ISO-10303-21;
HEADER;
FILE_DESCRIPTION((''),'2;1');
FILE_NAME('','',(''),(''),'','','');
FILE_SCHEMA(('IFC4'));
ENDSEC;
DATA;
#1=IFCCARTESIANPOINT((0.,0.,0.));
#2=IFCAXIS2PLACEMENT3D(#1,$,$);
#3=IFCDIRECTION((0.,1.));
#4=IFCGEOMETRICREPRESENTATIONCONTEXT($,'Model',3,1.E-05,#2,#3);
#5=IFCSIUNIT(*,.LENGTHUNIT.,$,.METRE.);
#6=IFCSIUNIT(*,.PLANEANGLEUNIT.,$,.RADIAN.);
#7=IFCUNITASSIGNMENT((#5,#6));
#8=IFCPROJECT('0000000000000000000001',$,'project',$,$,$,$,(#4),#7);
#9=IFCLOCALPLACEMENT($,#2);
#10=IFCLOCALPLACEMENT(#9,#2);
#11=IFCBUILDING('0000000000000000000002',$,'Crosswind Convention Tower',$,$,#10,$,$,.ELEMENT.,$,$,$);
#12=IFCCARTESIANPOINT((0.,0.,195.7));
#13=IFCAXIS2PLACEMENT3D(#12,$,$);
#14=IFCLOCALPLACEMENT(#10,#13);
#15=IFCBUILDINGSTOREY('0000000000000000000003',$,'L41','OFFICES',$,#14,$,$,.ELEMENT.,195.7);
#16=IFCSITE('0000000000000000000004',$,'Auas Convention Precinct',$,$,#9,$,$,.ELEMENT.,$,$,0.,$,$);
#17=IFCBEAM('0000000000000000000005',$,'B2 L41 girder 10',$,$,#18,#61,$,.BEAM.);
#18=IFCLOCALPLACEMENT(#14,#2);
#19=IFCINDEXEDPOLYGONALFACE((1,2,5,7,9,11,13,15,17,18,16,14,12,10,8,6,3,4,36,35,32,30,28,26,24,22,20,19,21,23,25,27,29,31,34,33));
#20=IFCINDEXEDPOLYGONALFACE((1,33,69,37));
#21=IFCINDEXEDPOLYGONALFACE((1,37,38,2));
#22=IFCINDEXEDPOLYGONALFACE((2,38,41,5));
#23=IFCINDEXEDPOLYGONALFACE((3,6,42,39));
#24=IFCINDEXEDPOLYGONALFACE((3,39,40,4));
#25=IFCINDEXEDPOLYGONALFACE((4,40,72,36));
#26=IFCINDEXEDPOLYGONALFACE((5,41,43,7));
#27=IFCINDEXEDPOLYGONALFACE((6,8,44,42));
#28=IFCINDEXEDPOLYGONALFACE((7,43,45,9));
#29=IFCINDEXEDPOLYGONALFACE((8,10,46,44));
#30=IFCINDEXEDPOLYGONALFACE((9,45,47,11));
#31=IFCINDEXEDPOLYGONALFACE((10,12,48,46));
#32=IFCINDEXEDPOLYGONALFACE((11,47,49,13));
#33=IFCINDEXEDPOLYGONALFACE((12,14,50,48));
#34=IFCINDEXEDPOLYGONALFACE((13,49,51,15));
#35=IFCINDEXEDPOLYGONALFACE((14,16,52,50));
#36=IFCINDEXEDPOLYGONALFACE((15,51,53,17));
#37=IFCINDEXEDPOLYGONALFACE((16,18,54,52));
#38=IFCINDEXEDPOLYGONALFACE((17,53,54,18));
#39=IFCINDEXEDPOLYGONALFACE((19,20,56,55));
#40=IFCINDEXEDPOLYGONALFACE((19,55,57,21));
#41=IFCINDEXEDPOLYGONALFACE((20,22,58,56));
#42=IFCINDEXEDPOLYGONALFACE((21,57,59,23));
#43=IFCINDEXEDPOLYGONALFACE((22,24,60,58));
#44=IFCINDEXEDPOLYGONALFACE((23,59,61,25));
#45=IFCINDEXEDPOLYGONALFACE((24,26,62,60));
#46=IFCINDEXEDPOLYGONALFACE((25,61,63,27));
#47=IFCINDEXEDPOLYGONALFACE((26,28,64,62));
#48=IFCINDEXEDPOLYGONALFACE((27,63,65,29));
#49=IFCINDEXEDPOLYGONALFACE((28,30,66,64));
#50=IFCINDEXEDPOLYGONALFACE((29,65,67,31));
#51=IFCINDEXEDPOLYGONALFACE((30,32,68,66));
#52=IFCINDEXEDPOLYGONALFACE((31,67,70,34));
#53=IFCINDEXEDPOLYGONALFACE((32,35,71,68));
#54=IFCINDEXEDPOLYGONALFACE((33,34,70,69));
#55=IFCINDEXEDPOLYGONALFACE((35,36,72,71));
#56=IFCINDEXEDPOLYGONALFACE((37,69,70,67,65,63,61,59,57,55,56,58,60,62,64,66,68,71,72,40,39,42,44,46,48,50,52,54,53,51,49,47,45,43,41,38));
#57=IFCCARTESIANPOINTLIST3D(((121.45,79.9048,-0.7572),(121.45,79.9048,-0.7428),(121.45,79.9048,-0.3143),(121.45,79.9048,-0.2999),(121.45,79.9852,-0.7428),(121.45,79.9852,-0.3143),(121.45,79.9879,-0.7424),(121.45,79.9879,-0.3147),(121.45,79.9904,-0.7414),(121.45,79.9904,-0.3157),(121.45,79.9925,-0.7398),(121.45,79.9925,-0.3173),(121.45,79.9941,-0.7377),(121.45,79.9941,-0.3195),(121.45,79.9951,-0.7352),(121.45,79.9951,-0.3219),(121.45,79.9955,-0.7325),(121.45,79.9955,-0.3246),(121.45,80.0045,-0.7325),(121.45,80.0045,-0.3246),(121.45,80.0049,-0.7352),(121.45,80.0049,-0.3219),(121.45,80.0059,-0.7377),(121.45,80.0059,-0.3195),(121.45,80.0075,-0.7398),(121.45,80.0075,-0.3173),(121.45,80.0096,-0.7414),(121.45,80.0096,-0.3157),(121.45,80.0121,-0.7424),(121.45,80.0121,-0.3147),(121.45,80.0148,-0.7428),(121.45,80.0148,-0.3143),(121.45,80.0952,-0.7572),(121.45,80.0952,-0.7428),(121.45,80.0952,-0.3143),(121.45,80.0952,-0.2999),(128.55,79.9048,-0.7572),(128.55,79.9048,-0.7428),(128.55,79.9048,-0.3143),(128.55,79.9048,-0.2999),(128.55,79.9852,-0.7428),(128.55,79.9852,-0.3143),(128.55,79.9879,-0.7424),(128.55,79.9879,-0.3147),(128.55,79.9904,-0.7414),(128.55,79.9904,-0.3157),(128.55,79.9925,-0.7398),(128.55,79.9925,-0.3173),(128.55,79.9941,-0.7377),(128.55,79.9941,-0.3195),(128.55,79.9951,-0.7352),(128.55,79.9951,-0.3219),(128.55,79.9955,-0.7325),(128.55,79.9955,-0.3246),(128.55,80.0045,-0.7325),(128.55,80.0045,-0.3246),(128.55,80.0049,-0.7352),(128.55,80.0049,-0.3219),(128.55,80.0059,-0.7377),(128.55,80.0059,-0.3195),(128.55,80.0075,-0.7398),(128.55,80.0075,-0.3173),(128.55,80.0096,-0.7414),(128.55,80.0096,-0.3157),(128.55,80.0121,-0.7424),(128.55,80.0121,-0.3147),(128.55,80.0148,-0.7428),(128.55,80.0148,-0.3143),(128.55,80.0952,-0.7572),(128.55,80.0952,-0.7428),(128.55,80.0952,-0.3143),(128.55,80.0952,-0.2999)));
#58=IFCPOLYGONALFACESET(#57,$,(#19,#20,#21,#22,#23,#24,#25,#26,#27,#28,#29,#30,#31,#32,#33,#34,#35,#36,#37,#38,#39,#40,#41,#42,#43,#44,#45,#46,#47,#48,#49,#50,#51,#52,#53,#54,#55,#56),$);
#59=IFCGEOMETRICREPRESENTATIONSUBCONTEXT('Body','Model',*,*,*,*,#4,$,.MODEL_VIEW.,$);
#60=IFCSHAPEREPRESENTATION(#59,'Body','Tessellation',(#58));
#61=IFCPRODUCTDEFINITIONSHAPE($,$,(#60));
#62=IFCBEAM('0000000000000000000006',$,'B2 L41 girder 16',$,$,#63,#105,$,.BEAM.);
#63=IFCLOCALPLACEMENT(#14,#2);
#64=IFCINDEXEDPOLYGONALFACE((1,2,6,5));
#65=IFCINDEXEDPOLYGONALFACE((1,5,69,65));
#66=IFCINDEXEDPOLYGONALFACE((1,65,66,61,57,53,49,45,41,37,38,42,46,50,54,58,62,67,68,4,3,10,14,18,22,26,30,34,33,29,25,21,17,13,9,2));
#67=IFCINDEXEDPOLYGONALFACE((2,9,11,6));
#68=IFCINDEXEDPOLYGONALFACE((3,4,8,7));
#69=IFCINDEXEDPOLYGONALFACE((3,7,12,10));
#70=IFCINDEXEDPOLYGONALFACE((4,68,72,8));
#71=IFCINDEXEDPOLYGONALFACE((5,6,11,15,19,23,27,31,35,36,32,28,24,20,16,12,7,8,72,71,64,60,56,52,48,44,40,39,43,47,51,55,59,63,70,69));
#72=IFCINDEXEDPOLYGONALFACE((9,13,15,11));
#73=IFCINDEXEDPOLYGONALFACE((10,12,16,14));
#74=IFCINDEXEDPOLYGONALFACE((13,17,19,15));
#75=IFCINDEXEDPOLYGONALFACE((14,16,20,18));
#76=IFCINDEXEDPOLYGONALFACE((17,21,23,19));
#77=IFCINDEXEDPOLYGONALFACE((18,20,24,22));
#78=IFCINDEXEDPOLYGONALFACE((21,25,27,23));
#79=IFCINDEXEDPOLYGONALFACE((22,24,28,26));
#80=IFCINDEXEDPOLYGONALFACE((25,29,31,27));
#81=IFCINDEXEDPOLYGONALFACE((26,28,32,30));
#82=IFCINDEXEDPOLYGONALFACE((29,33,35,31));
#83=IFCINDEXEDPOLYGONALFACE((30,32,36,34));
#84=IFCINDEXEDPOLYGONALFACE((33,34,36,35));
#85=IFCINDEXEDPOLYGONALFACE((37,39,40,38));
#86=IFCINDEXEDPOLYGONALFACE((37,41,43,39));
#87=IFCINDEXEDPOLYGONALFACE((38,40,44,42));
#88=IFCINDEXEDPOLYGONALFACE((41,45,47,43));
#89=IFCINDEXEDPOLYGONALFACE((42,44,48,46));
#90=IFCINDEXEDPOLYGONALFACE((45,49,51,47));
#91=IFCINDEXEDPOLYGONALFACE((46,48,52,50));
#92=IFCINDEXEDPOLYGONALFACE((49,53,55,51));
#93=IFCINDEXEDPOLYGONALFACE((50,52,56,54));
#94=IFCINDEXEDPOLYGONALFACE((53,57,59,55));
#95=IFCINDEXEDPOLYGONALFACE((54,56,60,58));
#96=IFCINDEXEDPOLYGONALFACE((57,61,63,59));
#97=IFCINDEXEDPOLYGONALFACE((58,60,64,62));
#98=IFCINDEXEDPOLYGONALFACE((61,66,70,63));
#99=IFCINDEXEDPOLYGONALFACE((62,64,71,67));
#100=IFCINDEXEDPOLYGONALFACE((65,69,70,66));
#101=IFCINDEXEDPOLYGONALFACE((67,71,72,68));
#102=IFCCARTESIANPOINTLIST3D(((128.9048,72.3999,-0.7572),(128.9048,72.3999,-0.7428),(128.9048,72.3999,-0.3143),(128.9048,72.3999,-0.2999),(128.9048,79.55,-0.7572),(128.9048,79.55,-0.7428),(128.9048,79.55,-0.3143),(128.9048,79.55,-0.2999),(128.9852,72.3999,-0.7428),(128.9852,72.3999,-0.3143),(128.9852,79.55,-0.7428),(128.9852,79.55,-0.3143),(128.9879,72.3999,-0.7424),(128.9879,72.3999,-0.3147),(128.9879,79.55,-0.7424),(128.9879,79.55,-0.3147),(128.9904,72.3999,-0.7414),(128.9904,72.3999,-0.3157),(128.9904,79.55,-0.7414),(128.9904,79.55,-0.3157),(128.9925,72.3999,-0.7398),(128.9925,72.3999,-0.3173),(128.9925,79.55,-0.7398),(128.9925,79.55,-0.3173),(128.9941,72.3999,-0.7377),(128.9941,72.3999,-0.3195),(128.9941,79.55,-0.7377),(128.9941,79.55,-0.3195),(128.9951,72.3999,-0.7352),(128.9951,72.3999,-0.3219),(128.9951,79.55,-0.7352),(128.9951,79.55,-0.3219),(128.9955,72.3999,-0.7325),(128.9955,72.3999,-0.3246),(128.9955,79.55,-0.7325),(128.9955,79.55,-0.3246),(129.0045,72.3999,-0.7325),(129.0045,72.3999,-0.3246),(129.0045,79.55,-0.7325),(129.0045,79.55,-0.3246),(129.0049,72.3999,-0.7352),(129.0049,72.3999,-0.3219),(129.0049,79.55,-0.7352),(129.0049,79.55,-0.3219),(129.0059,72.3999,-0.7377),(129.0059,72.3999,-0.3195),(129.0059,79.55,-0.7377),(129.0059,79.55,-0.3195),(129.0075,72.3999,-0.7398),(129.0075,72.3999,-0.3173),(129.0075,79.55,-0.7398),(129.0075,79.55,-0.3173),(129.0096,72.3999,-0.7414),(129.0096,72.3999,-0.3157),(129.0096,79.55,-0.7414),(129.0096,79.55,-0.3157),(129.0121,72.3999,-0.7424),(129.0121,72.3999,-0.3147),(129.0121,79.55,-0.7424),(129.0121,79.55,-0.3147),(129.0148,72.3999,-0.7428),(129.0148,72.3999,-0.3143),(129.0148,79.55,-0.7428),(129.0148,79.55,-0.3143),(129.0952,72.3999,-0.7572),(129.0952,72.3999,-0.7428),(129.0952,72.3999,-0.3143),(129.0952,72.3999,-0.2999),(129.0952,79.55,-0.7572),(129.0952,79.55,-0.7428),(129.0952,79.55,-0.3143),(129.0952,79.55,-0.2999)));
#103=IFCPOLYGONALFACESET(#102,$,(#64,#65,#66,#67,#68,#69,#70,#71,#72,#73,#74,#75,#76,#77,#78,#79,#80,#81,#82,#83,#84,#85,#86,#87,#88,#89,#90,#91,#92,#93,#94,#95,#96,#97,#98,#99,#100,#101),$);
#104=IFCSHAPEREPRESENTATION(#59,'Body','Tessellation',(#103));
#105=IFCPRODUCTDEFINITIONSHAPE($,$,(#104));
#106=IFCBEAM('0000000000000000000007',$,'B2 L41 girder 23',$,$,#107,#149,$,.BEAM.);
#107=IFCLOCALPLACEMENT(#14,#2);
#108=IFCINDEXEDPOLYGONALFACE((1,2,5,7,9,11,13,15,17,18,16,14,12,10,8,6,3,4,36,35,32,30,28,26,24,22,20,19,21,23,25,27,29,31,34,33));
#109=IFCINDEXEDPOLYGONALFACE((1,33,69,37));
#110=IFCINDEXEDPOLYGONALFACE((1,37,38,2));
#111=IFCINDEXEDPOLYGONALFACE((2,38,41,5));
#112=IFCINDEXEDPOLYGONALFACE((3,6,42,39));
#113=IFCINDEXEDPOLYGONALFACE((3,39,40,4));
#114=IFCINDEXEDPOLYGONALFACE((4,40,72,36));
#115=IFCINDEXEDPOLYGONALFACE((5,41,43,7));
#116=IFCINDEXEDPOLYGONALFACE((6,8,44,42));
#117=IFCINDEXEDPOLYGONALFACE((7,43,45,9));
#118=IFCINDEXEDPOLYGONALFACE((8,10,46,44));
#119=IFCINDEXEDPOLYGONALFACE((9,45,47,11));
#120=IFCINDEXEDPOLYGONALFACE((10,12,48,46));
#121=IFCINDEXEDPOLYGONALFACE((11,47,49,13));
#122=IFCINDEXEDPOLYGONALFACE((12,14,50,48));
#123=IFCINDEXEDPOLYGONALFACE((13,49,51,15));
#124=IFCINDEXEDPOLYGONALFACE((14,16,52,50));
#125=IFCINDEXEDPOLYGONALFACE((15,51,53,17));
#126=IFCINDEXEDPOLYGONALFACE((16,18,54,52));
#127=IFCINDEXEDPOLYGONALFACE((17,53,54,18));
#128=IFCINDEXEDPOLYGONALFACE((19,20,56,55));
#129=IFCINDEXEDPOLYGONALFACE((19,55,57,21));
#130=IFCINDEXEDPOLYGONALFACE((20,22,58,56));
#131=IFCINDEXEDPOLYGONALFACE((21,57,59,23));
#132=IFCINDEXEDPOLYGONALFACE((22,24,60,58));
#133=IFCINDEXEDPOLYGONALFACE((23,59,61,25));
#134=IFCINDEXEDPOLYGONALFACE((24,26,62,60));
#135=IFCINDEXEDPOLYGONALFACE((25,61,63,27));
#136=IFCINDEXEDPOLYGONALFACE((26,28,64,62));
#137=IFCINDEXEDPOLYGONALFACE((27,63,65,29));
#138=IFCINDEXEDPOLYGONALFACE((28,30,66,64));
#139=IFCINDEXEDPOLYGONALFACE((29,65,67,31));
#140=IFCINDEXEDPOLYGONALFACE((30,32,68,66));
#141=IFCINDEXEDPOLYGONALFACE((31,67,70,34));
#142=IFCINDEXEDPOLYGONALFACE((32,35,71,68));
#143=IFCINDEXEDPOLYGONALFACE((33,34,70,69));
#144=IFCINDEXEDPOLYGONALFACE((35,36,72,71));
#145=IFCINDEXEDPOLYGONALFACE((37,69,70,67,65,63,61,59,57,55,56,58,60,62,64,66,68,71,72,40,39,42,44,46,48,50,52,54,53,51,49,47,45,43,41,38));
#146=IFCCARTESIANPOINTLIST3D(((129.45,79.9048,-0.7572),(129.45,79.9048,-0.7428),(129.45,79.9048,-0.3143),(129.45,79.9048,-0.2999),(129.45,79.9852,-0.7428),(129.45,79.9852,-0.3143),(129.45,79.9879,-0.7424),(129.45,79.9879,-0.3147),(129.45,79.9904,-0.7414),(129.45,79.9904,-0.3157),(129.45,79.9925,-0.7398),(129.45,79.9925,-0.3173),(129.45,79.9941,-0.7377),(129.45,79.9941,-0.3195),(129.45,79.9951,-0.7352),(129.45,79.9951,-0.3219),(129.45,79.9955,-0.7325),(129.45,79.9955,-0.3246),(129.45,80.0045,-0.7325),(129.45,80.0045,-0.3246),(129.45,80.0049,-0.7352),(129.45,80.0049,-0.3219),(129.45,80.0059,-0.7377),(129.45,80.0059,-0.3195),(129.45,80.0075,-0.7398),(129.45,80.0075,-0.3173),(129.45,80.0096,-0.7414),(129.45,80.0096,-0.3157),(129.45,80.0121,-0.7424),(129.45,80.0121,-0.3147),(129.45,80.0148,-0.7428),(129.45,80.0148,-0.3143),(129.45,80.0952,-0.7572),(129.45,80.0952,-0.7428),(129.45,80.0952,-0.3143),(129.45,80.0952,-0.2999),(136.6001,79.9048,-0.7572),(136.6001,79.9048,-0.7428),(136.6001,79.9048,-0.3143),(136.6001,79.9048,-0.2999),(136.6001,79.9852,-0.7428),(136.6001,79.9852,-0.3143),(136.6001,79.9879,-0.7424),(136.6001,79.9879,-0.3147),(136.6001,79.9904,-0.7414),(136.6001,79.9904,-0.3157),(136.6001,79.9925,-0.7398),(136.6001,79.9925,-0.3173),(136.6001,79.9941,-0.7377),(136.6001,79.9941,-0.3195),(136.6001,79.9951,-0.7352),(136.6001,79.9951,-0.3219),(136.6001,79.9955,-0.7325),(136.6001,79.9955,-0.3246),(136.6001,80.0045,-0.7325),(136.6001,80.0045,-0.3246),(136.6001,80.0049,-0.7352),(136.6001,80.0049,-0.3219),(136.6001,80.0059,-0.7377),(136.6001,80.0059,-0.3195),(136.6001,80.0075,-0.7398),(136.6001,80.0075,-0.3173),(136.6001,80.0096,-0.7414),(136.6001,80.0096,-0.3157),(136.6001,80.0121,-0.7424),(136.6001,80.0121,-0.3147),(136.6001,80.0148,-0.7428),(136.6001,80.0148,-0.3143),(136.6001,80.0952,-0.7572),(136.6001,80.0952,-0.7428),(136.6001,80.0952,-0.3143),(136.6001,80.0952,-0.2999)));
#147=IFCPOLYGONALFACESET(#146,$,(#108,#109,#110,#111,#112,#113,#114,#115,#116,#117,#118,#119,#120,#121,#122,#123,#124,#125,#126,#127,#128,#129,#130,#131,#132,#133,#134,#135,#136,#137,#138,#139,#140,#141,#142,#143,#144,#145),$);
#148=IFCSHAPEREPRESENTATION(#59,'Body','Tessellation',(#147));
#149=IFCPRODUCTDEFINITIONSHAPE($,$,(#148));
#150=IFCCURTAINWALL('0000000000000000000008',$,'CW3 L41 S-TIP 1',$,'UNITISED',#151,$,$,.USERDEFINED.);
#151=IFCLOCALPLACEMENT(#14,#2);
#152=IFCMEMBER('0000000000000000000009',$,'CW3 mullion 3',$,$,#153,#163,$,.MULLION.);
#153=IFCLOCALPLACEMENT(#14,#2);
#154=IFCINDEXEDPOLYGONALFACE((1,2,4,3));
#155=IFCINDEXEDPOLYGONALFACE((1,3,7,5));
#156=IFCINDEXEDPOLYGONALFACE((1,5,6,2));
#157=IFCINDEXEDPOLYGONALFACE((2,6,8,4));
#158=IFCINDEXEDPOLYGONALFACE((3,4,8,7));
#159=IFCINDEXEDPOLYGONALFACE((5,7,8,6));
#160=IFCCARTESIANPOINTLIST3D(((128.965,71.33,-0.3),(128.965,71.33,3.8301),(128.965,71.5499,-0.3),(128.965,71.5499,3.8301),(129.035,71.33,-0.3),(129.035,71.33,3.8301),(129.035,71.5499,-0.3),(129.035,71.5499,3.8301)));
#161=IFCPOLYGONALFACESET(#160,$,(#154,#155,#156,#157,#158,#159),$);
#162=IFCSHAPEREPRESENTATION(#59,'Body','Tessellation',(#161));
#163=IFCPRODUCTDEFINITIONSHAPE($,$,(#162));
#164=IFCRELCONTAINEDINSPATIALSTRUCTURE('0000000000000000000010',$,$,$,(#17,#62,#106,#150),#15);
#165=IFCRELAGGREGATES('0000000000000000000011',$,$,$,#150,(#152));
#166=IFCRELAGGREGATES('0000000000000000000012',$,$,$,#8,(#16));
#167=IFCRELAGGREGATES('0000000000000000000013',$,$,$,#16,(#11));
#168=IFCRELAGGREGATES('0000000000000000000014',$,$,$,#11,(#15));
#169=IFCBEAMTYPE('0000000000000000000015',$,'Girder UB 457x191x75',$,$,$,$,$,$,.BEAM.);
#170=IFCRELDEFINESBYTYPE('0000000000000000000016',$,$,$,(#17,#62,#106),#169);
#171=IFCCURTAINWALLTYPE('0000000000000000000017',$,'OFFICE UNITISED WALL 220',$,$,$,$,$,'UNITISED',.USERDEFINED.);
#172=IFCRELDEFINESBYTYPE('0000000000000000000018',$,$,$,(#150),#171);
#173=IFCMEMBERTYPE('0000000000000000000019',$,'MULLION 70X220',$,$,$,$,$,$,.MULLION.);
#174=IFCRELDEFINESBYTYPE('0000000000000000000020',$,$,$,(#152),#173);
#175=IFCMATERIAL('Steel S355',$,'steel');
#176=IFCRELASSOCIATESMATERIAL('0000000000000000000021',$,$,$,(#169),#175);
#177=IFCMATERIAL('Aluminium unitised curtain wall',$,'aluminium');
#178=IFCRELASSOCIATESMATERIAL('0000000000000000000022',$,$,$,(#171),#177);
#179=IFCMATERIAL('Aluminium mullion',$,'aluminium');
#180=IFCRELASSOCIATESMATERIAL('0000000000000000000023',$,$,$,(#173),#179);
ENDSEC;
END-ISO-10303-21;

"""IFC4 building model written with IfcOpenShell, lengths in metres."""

from ifc_helpers import new_model, si_unit, direction, frame, origin, origin_2d, place, context, subcontext, project, spatial, rectangle, i_section, extrude, material, material_profile, profile_set, type_object, element, aggregate, save


model = new_model("IFC4")

# Units and contexts
model_context = context("Model", 3, precision=1e-05, world=origin(), true_north=direction((0.0, 1.0)))
body_context = subcontext(model_context, "Body", "Model", "MODEL_VIEW")
ifc_project = project(units=[si_unit("LENGTHUNIT", "METRE"), si_unit("PLANEANGLEUNIT", "RADIAN")], contexts=[model_context])

# Site, building, storey
site_placement = place(None, origin())
site = spatial("IfcSite", under=ifc_project, at=site_placement, Name="Auas Convention Precinct", CompositionType="ELEMENT", RefElevation=0.0)
building_placement = place(site_placement, origin())
building = spatial("IfcBuilding", under=site, at=building_placement, Name="Crosswind Convention Tower", CompositionType="ELEMENT")
storey_placement = place(building_placement, frame((0.0, 0.0, 195.7)))
storey = spatial("IfcBuildingStorey", under=building, at=storey_placement, Name="L41", Description="OFFICES", CompositionType="ELEMENT", Elevation=195.7)

# Beams
ifc_material_1 = material(Name="Steel S355", Category="steel")
ifc_material_profile_1 = material_profile(ifc_material_1, i_section(OverallWidth=0.1904, OverallDepth=0.4573, WebThickness=0.009, FlangeThickness=0.0144, FilletRadius=0.0103, at=origin_2d()), Name="UB 457x191x75")
ifc_profile_set_1 = profile_set([ifc_material_profile_1], Name="Steel S355")
beam_type_1 = type_object("IfcBeamType", Name="Girder UB 457x191x75", PredefinedType="BEAM", material=ifc_profile_set_1)
beam_1_placement = place(storey_placement, frame((121.45, 80.0, -0.5286), z_axis=(1.0, 0.0, 0.0), x_axis=(0.0, 1.0, 0.0)))
element("IfcBeam", 1, at=beam_1_placement, inside=storey, type_object=beam_type_1, Name="B2 L41 girder 10", PredefinedType="BEAM", context=body_context, shape_type="SweptSolid", body=[
    extrude(i_section(OverallWidth=0.1904, OverallDepth=0.4573, WebThickness=0.009, FlangeThickness=0.0144, FilletRadius=0.0103, at=origin_2d()), origin(), (0.0, 0.0, 1.0), 7.1001),
])
for number, where, z_axis, x_axis, name in (
    (2, (129.0, 72.3999, -0.5286), (0.0, 1.0, 0.0), (-1.0, 0.0, 0.0), "B2 L41 girder 16"),
    (3, (129.45, 80.0, -0.5286), (1.0, 0.0, 0.0), (0.0, 1.0, 0.0), "B2 L41 girder 23"),
):
    element("IfcBeam", number, at=place(storey_placement, frame(where, z_axis=z_axis, x_axis=x_axis)), inside=storey, type_object=beam_type_1, Name=name, PredefinedType="BEAM", context=body_context, shape_type="SweptSolid", body=[
        extrude(i_section(OverallWidth=0.1904, OverallDepth=0.4573, WebThickness=0.009, FlangeThickness=0.0144, FilletRadius=0.0103, at=origin_2d()), origin(), (0.0, 0.0, 1.0), 7.1501),
    ])

# Curtain wall, member
ifc_material_2 = material(Name="Aluminium unitised curtain wall", Category="aluminium")
curtain_wall_type = type_object("IfcCurtainWallType", Name="OFFICE UNITISED WALL 220", ElementType="UNITISED", PredefinedType="USERDEFINED", material=ifc_material_2)
curtain_wall_placement = place(storey_placement, origin())
curtain_wall = element("IfcCurtainWall", 4, at=curtain_wall_placement, inside=storey, type_object=curtain_wall_type, Name="CW3 L41 S-TIP 1", ObjectType="UNITISED", PredefinedType="USERDEFINED")
ifc_material_3 = material(Name="Aluminium mullion", Category="aluminium")
ifc_material_profile_2 = material_profile(ifc_material_3, rectangle(XDim=0.22, YDim=0.0701, at=origin_2d()), Name="AL 220X70")
ifc_profile_set_2 = profile_set([ifc_material_profile_2], Name="Aluminium mullion")
member_type = type_object("IfcMemberType", Name="MULLION 70X220", PredefinedType="MULLION", material=ifc_profile_set_2)
member_placement = place(storey_placement, frame((129.0, 71.4399, -0.3), z_axis=(0.0, 0.0, 1.0), x_axis=(0.0, -1.0, 0.0)))
member = element("IfcMember", 5, at=member_placement, type_object=member_type, Name="CW3 mullion 3", PredefinedType="MULLION", context=body_context, shape_type="SweptSolid", body=[
    extrude(rectangle(XDim=0.22, YDim=0.0701, at=origin_2d()), origin(), (0.0, 0.0, 1.0), 4.1301),
])

aggregate(curtain_wall, [member])

save(model, "model.ifc")
